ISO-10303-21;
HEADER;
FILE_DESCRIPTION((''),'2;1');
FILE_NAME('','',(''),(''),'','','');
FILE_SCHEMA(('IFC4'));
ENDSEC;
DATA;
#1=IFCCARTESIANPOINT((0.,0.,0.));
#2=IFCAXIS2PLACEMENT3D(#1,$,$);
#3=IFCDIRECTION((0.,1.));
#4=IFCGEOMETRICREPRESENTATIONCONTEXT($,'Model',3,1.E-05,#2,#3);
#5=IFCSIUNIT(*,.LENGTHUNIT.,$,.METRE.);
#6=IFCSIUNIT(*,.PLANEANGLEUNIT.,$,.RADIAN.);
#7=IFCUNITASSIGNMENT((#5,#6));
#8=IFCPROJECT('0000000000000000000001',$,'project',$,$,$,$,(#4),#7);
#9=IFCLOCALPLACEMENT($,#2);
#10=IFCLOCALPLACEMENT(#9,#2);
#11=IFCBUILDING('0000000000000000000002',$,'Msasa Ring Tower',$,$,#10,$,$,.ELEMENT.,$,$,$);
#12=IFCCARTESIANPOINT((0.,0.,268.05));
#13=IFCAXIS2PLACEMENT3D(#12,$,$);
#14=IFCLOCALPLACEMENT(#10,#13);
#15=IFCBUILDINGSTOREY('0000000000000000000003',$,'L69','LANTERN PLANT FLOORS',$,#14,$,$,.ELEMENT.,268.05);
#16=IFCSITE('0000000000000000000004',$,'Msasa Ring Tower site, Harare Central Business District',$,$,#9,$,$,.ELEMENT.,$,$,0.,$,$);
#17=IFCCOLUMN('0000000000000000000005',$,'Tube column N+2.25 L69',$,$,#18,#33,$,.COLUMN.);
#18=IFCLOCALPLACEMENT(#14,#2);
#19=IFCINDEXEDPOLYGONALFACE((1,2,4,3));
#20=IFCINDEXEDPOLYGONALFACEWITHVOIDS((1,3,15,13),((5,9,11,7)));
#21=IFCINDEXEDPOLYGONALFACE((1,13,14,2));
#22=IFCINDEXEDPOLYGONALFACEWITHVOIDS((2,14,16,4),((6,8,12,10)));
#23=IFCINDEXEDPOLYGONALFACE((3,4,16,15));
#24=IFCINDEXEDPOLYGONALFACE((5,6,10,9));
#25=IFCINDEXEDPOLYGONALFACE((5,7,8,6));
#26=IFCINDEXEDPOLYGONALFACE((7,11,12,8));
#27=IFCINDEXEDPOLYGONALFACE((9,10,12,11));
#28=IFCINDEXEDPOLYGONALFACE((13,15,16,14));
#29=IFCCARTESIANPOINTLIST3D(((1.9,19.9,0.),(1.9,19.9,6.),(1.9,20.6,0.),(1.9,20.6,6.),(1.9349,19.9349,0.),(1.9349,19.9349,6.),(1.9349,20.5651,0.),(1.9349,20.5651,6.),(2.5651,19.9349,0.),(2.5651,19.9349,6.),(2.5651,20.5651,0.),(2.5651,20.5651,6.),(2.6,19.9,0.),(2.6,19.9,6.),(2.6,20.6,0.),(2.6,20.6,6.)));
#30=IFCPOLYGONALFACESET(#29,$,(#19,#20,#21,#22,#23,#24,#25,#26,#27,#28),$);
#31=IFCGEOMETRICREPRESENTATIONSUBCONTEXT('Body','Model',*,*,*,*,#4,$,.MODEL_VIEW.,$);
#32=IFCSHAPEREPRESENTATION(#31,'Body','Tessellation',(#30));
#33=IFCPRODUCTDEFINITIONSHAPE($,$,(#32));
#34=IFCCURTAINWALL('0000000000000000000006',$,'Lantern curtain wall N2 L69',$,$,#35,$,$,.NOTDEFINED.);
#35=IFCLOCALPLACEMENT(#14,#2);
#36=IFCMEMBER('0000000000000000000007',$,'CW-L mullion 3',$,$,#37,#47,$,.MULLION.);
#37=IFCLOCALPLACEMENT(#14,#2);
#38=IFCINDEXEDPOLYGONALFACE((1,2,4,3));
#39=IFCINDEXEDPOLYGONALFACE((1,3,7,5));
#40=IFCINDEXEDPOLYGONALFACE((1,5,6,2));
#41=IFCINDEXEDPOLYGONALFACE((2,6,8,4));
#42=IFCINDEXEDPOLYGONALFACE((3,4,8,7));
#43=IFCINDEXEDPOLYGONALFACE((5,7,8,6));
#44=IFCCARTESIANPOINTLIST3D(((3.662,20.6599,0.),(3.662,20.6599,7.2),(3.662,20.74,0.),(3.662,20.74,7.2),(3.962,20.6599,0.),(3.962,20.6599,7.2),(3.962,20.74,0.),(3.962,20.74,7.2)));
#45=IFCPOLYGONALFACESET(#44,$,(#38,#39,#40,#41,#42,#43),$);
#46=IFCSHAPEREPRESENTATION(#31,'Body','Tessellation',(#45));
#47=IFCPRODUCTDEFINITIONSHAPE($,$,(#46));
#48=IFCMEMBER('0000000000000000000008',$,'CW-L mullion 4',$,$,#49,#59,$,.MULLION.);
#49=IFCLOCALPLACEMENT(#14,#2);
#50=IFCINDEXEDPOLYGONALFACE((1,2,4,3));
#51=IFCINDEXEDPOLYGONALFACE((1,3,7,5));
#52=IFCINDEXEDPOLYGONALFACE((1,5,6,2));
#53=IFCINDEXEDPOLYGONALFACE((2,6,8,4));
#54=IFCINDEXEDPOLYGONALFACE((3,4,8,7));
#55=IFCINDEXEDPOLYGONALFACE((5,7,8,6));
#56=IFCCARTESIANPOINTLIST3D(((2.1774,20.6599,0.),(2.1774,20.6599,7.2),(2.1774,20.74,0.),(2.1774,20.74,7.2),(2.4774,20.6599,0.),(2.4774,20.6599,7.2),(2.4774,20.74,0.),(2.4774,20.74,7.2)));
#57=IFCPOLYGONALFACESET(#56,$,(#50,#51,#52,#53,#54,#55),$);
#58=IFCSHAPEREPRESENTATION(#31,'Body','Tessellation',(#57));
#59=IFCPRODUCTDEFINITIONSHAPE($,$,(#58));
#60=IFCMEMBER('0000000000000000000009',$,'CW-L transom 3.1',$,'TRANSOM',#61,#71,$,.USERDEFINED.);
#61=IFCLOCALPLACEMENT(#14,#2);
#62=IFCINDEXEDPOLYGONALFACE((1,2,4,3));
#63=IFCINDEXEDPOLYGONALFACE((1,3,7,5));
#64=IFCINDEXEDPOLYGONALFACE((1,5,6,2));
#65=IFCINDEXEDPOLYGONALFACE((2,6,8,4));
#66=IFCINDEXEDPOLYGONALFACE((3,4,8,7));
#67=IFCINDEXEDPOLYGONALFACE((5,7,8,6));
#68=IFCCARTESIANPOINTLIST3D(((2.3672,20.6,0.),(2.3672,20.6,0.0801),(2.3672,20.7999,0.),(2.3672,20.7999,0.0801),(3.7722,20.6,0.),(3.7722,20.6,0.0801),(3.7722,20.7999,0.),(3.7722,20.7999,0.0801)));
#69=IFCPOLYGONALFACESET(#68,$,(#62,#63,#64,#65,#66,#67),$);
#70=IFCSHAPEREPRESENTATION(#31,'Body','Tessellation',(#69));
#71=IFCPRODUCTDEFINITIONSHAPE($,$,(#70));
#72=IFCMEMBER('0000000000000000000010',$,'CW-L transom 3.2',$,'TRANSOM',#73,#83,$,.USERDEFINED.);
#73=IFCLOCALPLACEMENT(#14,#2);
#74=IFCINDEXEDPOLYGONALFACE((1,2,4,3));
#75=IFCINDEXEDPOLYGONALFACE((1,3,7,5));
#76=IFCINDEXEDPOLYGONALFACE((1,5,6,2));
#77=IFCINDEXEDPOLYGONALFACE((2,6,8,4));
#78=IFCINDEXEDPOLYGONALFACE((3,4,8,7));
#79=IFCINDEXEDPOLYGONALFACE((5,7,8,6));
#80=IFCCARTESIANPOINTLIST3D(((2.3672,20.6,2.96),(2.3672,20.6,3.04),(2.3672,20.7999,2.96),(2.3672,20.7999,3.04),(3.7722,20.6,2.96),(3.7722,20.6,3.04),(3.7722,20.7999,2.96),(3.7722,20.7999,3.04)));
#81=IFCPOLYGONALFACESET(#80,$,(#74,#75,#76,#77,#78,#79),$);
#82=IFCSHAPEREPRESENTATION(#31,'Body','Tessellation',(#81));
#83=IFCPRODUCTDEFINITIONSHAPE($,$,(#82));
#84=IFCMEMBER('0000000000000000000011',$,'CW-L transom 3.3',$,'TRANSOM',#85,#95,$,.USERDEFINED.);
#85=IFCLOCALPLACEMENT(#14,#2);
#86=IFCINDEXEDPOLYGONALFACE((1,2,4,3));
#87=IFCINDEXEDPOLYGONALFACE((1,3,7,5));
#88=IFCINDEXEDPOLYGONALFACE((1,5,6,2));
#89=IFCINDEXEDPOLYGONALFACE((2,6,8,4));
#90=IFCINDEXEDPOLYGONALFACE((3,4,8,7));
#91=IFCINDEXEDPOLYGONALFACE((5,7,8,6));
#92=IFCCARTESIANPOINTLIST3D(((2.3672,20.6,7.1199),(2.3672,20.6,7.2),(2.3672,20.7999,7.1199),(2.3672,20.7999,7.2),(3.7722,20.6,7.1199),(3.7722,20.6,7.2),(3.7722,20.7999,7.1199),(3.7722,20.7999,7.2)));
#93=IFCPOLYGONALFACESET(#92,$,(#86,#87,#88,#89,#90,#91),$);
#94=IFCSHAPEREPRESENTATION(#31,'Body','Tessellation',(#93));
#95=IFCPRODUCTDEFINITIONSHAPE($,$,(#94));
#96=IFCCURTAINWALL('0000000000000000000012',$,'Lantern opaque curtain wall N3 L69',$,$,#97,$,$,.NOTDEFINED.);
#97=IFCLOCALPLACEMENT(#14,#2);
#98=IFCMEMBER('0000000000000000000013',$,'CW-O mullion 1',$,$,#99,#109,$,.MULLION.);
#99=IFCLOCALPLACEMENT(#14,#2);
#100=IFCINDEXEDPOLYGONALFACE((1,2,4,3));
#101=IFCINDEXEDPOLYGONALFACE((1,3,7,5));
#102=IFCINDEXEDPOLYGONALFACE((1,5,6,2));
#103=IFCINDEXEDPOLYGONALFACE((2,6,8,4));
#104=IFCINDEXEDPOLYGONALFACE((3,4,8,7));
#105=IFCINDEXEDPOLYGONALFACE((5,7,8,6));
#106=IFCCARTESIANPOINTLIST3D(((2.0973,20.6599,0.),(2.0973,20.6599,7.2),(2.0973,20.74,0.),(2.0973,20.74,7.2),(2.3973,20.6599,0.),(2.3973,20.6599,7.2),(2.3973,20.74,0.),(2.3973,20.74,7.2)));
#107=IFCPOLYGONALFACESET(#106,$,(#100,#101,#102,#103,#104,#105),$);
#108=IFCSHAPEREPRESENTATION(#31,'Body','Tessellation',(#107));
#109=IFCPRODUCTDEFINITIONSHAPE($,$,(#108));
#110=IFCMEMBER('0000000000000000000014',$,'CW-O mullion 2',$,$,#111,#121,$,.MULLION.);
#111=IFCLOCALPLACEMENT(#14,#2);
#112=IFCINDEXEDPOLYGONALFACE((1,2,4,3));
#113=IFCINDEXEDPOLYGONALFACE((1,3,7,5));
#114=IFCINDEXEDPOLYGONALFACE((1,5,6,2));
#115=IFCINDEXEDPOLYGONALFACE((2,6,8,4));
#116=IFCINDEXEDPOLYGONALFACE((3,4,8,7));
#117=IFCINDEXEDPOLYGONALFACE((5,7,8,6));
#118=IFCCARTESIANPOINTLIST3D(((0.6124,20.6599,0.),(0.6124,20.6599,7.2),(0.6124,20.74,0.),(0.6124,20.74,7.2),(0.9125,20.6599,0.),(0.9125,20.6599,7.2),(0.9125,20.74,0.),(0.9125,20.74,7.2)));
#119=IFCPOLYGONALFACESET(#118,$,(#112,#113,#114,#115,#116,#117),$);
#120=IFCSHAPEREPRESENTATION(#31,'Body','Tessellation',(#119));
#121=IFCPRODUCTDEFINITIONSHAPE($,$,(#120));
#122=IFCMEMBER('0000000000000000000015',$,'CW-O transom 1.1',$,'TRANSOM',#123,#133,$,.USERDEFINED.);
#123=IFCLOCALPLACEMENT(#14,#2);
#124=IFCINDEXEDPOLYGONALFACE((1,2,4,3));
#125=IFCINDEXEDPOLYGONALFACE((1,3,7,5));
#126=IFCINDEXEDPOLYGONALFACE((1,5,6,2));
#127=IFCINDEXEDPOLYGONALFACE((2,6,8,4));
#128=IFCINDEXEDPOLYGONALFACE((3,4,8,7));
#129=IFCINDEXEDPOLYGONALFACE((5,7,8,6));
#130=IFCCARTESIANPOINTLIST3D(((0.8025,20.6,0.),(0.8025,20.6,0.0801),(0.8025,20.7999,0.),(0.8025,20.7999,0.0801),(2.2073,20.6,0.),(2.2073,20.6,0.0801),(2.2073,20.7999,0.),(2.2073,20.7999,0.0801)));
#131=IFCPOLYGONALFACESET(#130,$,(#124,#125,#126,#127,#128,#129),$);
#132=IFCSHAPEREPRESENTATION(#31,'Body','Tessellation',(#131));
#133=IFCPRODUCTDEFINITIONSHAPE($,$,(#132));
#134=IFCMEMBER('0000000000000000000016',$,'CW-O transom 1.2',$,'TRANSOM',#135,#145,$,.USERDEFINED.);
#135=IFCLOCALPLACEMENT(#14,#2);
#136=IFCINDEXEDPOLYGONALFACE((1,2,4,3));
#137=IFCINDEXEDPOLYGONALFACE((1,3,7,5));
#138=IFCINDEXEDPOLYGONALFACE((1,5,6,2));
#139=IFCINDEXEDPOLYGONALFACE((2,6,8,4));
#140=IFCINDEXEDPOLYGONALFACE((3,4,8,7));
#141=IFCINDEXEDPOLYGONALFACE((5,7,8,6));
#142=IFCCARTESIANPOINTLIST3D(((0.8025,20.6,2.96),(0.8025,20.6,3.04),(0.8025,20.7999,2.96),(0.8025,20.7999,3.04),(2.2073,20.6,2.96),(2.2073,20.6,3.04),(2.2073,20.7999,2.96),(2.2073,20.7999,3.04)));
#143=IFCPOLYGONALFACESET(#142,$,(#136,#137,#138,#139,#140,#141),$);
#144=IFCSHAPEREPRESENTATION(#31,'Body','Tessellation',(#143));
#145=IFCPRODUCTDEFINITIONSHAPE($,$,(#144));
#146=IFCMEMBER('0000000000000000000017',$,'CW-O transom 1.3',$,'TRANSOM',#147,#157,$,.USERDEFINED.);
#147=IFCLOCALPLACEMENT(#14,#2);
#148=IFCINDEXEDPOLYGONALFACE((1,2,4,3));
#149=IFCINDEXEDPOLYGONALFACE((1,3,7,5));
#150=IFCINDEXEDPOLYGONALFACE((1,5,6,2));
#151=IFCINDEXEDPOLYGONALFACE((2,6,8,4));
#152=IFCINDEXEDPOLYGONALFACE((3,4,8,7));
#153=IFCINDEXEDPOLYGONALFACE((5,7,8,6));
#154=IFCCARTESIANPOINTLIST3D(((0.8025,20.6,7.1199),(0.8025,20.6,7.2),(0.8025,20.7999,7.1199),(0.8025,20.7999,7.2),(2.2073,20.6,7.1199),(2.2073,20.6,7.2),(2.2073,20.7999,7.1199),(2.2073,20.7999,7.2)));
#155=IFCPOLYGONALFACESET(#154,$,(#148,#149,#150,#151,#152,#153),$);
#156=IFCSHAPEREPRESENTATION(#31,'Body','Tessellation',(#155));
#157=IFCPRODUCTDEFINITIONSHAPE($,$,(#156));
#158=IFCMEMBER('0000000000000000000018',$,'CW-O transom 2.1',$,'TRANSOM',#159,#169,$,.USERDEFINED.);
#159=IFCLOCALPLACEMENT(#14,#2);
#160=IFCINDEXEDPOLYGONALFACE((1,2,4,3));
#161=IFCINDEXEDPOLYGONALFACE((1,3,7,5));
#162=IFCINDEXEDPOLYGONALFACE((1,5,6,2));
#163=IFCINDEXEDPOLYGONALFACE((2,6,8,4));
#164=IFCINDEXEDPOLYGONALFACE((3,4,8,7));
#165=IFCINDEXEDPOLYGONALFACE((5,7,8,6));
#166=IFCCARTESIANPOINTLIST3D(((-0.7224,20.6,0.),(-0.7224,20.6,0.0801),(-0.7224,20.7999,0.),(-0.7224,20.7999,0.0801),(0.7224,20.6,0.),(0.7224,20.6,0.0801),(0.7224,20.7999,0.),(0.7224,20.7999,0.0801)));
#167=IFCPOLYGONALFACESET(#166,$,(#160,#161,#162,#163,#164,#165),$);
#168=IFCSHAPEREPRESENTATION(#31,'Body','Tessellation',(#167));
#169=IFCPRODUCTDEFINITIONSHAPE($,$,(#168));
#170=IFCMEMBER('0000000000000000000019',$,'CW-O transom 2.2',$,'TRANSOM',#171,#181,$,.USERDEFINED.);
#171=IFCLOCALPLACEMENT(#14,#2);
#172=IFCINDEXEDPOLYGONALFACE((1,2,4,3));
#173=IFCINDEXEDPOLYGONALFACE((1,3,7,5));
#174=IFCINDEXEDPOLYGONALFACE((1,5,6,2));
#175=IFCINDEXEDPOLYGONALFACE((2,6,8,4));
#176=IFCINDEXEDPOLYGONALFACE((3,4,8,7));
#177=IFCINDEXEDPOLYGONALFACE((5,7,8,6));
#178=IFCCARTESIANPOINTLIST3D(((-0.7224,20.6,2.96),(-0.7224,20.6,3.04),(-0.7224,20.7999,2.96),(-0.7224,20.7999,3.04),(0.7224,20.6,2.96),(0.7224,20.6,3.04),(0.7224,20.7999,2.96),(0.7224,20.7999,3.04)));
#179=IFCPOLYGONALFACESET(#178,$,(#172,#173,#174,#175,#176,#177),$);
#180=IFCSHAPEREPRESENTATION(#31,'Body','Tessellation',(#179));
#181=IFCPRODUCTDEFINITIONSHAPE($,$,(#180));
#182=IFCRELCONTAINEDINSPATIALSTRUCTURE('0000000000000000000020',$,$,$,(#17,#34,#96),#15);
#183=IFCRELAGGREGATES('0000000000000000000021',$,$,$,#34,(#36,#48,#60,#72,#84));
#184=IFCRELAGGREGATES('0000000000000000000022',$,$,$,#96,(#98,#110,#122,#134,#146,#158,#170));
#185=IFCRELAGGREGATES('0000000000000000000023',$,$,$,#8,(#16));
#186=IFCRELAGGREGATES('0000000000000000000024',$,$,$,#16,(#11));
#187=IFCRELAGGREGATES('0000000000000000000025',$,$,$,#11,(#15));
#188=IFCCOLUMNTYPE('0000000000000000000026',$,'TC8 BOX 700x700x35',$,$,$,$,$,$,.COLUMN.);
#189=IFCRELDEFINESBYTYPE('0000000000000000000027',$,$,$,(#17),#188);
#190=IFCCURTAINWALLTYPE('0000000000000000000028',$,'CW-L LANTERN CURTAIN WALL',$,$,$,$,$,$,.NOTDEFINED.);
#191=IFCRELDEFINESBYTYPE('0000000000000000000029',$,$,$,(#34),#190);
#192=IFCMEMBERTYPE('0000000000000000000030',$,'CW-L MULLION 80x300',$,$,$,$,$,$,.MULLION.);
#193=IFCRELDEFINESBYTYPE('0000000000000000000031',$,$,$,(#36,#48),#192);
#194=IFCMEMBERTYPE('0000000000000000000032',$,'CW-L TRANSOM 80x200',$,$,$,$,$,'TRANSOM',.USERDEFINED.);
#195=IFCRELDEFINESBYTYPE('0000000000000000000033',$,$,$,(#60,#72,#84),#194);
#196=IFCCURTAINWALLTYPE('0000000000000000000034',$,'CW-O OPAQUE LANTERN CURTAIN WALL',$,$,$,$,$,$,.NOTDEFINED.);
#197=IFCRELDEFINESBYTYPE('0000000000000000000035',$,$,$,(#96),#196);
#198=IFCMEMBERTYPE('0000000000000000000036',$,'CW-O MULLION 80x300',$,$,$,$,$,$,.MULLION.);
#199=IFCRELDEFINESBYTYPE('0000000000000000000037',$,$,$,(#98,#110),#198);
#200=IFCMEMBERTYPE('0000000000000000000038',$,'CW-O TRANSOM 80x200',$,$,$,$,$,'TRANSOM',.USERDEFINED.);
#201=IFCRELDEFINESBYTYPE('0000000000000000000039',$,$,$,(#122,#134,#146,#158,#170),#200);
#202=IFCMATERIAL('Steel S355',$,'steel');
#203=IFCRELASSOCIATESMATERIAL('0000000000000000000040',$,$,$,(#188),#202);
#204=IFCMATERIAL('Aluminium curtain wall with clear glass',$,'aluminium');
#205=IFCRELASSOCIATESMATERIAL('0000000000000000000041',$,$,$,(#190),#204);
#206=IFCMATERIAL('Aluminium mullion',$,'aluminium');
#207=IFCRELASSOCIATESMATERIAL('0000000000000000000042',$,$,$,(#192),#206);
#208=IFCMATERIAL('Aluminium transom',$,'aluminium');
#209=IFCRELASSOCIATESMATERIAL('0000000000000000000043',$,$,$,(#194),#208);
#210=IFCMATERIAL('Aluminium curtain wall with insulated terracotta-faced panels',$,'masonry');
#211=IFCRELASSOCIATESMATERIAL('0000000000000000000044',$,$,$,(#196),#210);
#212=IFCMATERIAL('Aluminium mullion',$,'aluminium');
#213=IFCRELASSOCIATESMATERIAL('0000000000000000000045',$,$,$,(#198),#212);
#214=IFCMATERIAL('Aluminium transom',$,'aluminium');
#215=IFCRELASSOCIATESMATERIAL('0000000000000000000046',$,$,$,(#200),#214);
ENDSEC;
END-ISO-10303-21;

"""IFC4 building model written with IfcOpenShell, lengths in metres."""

from ifc_helpers import new_model, si_unit, direction, frame, origin, origin_2d, place, context, subcontext, project, spatial, rectangle, hollow_rectangle, extrude, material, material_profile, profile_set, type_object, element, aggregate, save


model = new_model("IFC4")

# Units and contexts
model_context = context("Model", 3, precision=1e-05, world=origin(), true_north=direction((0.0, 1.0)))
body_context = subcontext(model_context, "Body", "Model", "MODEL_VIEW")
ifc_project = project(units=[si_unit("LENGTHUNIT", "METRE"), si_unit("PLANEANGLEUNIT", "RADIAN")], contexts=[model_context])

# Site, building, storey
site_placement = place(None, origin())
site = spatial("IfcSite", under=ifc_project, at=site_placement, Name="Msasa Ring Tower site, Harare Central Business District", CompositionType="ELEMENT", RefElevation=0.0)
building_placement = place(site_placement, origin())
building = spatial("IfcBuilding", under=site, at=building_placement, Name="Msasa Ring Tower", CompositionType="ELEMENT")
storey_placement = place(building_placement, frame((0.0, 0.0, 268.05)))
storey = spatial("IfcBuildingStorey", under=building, at=storey_placement, Name="L69", Description="LANTERN PLANT FLOORS", CompositionType="ELEMENT", Elevation=268.05)

# Column
ifc_material_1 = material(Name="Steel S355", Category="steel")
ifc_material_profile_1 = material_profile(ifc_material_1, hollow_rectangle(XDim=0.7, YDim=0.7, WallThickness=0.0349, at=origin_2d()), Name="BOX 700x700x35")
ifc_profile_set_1 = profile_set([ifc_material_profile_1], Name="Steel S355")
column_type = type_object("IfcColumnType", Name="TC8 BOX 700x700x35", PredefinedType="COLUMN", material=ifc_profile_set_1)
column_placement = place(storey_placement, frame((2.25, 20.25, 0.0), z_axis=(0.0, 0.0, 1.0), x_axis=(0.0, 1.0, 0.0)))
element("IfcColumn", 1, at=column_placement, inside=storey, type_object=column_type, Name="Tube column N+2.25 L69", PredefinedType="COLUMN", context=body_context, shape_type="SweptSolid", body=[
    extrude(hollow_rectangle(XDim=0.7, YDim=0.7, WallThickness=0.0349, at=origin_2d()), origin(), (0.0, 0.0, 1.0), 6.0),
])

# Curtain walls, members
ifc_material_2 = material(Name="Aluminium curtain wall with clear glass", Category="aluminium")
curtain_wall_type_1 = type_object("IfcCurtainWallType", Name="CW-L LANTERN CURTAIN WALL", PredefinedType="NOTDEFINED", material=ifc_material_2)
curtain_wall_1_placement = place(storey_placement, origin())
curtain_wall_1 = element("IfcCurtainWall", 2, at=curtain_wall_1_placement, inside=storey, type_object=curtain_wall_type_1, Name="Lantern curtain wall N2 L69", PredefinedType="NOTDEFINED")
ifc_material_3 = material(Name="Aluminium mullion", Category="aluminium")
ifc_material_profile_2 = material_profile(ifc_material_3, rectangle(XDim=0.0801, YDim=0.3, at=origin_2d()), Name="AL 80x300")
ifc_profile_set_2 = profile_set([ifc_material_profile_2], Name="Aluminium mullion")
member_type_1 = type_object("IfcMemberType", Name="CW-L MULLION 80x300", PredefinedType="MULLION", material=ifc_profile_set_2)
member_1_placement = place(storey_placement, frame((3.812, 20.7, 0.0), z_axis=(0.0, 0.0, 1.0), x_axis=(0.0, -1.0, 0.0)))
member_1 = element("IfcMember", 3, at=member_1_placement, type_object=member_type_1, Name="CW-L mullion 3", PredefinedType="MULLION", context=body_context, shape_type="SweptSolid", body=[
    extrude(rectangle(XDim=0.0801, YDim=0.3, at=origin_2d()), origin(), (0.0, 0.0, 1.0), 7.2),
])
member_2_placement = place(storey_placement, frame((2.3274, 20.7, 0.0), z_axis=(0.0, 0.0, 1.0), x_axis=(0.0, -1.0, 0.0)))
member_2 = element("IfcMember", 4, at=member_2_placement, type_object=member_type_1, Name="CW-L mullion 4", PredefinedType="MULLION", context=body_context, shape_type="SweptSolid", body=[
    extrude(rectangle(XDim=0.0801, YDim=0.3, at=origin_2d()), origin(), (0.0, 0.0, 1.0), 7.2),
])
ifc_material_4 = material(Name="Aluminium transom", Category="aluminium")
ifc_material_profile_3 = material_profile(ifc_material_4, rectangle(XDim=0.2, YDim=0.0801, at=origin_2d()), Name="AL 80x200")
ifc_profile_set_3 = profile_set([ifc_material_profile_3], Name="Aluminium transom")
member_type_2 = type_object("IfcMemberType", Name="CW-L TRANSOM 80x200", ElementType="TRANSOM", PredefinedType="USERDEFINED", material=ifc_profile_set_3)
member_3_placement = place(storey_placement, frame((3.7722, 20.7, 0.04), z_axis=(-1.0, 0.0, 0.0), x_axis=(0.0, -1.0, 0.0)))
member_3 = element("IfcMember", 5, at=member_3_placement, type_object=member_type_2, Name="CW-L transom 3.1", ObjectType="TRANSOM", PredefinedType="USERDEFINED", context=body_context, shape_type="SweptSolid", body=[
    extrude(rectangle(XDim=0.2, YDim=0.0801, at=origin_2d()), origin(), (0.0, 0.0, 1.0), 1.405),
])
member_4_placement = place(storey_placement, frame((3.7722, 20.7, 3.0), z_axis=(-1.0, 0.0, 0.0), x_axis=(0.0, -1.0, 0.0)))
member_4 = element("IfcMember", 6, at=member_4_placement, type_object=member_type_2, Name="CW-L transom 3.2", ObjectType="TRANSOM", PredefinedType="USERDEFINED", context=body_context, shape_type="SweptSolid", body=[
    extrude(rectangle(XDim=0.2, YDim=0.0801, at=origin_2d()), origin(), (0.0, 0.0, 1.0), 1.405),
])
member_5_placement = place(storey_placement, frame((3.7722, 20.7, 7.1599), z_axis=(-1.0, 0.0, 0.0), x_axis=(0.0, -1.0, 0.0)))
member_5 = element("IfcMember", 7, at=member_5_placement, type_object=member_type_2, Name="CW-L transom 3.3", ObjectType="TRANSOM", PredefinedType="USERDEFINED", context=body_context, shape_type="SweptSolid", body=[
    extrude(rectangle(XDim=0.2, YDim=0.0801, at=origin_2d()), origin(), (0.0, 0.0, 1.0), 1.405),
])
ifc_material_5 = material(Name="Aluminium curtain wall with insulated terracotta-faced panels", Category="masonry")
curtain_wall_type_2 = type_object("IfcCurtainWallType", Name="CW-O OPAQUE LANTERN CURTAIN WALL", PredefinedType="NOTDEFINED", material=ifc_material_5)
curtain_wall_2_placement = place(storey_placement, origin())
curtain_wall_2 = element("IfcCurtainWall", 8, at=curtain_wall_2_placement, inside=storey, type_object=curtain_wall_type_2, Name="Lantern opaque curtain wall N3 L69", PredefinedType="NOTDEFINED")
ifc_material_6 = material(Name="Aluminium mullion", Category="aluminium")
ifc_material_profile_4 = material_profile(ifc_material_6, rectangle(XDim=0.0801, YDim=0.3, at=origin_2d()), Name="AL 80x300")
ifc_profile_set_4 = profile_set([ifc_material_profile_4], Name="Aluminium mullion")
member_type_3 = type_object("IfcMemberType", Name="CW-O MULLION 80x300", PredefinedType="MULLION", material=ifc_profile_set_4)
member_6_placement = place(storey_placement, frame((2.2473, 20.7, 0.0), z_axis=(0.0, 0.0, 1.0), x_axis=(0.0, -1.0, 0.0)))
member_6 = element("IfcMember", 9, at=member_6_placement, type_object=member_type_3, Name="CW-O mullion 1", PredefinedType="MULLION", context=body_context, shape_type="SweptSolid", body=[
    extrude(rectangle(XDim=0.0801, YDim=0.3, at=origin_2d()), origin(), (0.0, 0.0, 1.0), 7.2),
])
member_7_placement = place(storey_placement, frame((0.7625, 20.7, 0.0), z_axis=(0.0, 0.0, 1.0), x_axis=(0.0, -1.0, 0.0)))
member_7 = element("IfcMember", 10, at=member_7_placement, type_object=member_type_3, Name="CW-O mullion 2", PredefinedType="MULLION", context=body_context, shape_type="SweptSolid", body=[
    extrude(rectangle(XDim=0.0801, YDim=0.3, at=origin_2d()), origin(), (0.0, 0.0, 1.0), 7.2),
])
ifc_material_7 = material(Name="Aluminium transom", Category="aluminium")
ifc_material_profile_5 = material_profile(ifc_material_7, rectangle(XDim=0.2, YDim=0.0801, at=origin_2d()), Name="AL 80x200")
ifc_profile_set_5 = profile_set([ifc_material_profile_5], Name="Aluminium transom")
member_type_4 = type_object("IfcMemberType", Name="CW-O TRANSOM 80x200", ElementType="TRANSOM", PredefinedType="USERDEFINED", material=ifc_profile_set_5)
member_8_placement = place(storey_placement, frame((2.2073, 20.7, 0.04), z_axis=(-1.0, 0.0, 0.0), x_axis=(0.0, -1.0, 0.0)))
member_8 = element("IfcMember", 11, at=member_8_placement, type_object=member_type_4, Name="CW-O transom 1.1", ObjectType="TRANSOM", PredefinedType="USERDEFINED", context=body_context, shape_type="SweptSolid", body=[
    extrude(rectangle(XDim=0.2, YDim=0.0801, at=origin_2d()), origin(), (0.0, 0.0, 1.0), 1.4048),
])
member_9_placement = place(storey_placement, frame((2.2073, 20.7, 3.0), z_axis=(-1.0, 0.0, 0.0), x_axis=(0.0, -1.0, 0.0)))
member_9 = element("IfcMember", 12, at=member_9_placement, type_object=member_type_4, Name="CW-O transom 1.2", ObjectType="TRANSOM", PredefinedType="USERDEFINED", context=body_context, shape_type="SweptSolid", body=[
    extrude(rectangle(XDim=0.2, YDim=0.0801, at=origin_2d()), origin(), (0.0, 0.0, 1.0), 1.4048),
])
member_10_placement = place(storey_placement, frame((2.2073, 20.7, 7.1599), z_axis=(-1.0, 0.0, 0.0), x_axis=(0.0, -1.0, 0.0)))
member_10 = element("IfcMember", 13, at=member_10_placement, type_object=member_type_4, Name="CW-O transom 1.3", ObjectType="TRANSOM", PredefinedType="USERDEFINED", context=body_context, shape_type="SweptSolid", body=[
    extrude(rectangle(XDim=0.2, YDim=0.0801, at=origin_2d()), origin(), (0.0, 0.0, 1.0), 1.4048),
])
member_11_placement = place(storey_placement, frame((0.7224, 20.7, 0.04), z_axis=(-1.0, 0.0, 0.0), x_axis=(0.0, -1.0, 0.0)))
member_11 = element("IfcMember", 14, at=member_11_placement, type_object=member_type_4, Name="CW-O transom 2.1", ObjectType="TRANSOM", PredefinedType="USERDEFINED", context=body_context, shape_type="SweptSolid", body=[
    extrude(rectangle(XDim=0.2, YDim=0.0801, at=origin_2d()), origin(), (0.0, 0.0, 1.0), 1.4448),
])
member_12_placement = place(storey_placement, frame((0.7224, 20.7, 3.0), z_axis=(-1.0, 0.0, 0.0), x_axis=(0.0, -1.0, 0.0)))
member_12 = element("IfcMember", 15, at=member_12_placement, type_object=member_type_4, Name="CW-O transom 2.2", ObjectType="TRANSOM", PredefinedType="USERDEFINED", context=body_context, shape_type="SweptSolid", body=[
    extrude(rectangle(XDim=0.2, YDim=0.0801, at=origin_2d()), origin(), (0.0, 0.0, 1.0), 1.4448),
])

aggregate(curtain_wall_1, [member_1, member_2, member_3, member_4, member_5])
aggregate(curtain_wall_2, [member_6, member_7, member_8, member_9, member_10, member_11, member_12])

save(model, "model.ifc")
